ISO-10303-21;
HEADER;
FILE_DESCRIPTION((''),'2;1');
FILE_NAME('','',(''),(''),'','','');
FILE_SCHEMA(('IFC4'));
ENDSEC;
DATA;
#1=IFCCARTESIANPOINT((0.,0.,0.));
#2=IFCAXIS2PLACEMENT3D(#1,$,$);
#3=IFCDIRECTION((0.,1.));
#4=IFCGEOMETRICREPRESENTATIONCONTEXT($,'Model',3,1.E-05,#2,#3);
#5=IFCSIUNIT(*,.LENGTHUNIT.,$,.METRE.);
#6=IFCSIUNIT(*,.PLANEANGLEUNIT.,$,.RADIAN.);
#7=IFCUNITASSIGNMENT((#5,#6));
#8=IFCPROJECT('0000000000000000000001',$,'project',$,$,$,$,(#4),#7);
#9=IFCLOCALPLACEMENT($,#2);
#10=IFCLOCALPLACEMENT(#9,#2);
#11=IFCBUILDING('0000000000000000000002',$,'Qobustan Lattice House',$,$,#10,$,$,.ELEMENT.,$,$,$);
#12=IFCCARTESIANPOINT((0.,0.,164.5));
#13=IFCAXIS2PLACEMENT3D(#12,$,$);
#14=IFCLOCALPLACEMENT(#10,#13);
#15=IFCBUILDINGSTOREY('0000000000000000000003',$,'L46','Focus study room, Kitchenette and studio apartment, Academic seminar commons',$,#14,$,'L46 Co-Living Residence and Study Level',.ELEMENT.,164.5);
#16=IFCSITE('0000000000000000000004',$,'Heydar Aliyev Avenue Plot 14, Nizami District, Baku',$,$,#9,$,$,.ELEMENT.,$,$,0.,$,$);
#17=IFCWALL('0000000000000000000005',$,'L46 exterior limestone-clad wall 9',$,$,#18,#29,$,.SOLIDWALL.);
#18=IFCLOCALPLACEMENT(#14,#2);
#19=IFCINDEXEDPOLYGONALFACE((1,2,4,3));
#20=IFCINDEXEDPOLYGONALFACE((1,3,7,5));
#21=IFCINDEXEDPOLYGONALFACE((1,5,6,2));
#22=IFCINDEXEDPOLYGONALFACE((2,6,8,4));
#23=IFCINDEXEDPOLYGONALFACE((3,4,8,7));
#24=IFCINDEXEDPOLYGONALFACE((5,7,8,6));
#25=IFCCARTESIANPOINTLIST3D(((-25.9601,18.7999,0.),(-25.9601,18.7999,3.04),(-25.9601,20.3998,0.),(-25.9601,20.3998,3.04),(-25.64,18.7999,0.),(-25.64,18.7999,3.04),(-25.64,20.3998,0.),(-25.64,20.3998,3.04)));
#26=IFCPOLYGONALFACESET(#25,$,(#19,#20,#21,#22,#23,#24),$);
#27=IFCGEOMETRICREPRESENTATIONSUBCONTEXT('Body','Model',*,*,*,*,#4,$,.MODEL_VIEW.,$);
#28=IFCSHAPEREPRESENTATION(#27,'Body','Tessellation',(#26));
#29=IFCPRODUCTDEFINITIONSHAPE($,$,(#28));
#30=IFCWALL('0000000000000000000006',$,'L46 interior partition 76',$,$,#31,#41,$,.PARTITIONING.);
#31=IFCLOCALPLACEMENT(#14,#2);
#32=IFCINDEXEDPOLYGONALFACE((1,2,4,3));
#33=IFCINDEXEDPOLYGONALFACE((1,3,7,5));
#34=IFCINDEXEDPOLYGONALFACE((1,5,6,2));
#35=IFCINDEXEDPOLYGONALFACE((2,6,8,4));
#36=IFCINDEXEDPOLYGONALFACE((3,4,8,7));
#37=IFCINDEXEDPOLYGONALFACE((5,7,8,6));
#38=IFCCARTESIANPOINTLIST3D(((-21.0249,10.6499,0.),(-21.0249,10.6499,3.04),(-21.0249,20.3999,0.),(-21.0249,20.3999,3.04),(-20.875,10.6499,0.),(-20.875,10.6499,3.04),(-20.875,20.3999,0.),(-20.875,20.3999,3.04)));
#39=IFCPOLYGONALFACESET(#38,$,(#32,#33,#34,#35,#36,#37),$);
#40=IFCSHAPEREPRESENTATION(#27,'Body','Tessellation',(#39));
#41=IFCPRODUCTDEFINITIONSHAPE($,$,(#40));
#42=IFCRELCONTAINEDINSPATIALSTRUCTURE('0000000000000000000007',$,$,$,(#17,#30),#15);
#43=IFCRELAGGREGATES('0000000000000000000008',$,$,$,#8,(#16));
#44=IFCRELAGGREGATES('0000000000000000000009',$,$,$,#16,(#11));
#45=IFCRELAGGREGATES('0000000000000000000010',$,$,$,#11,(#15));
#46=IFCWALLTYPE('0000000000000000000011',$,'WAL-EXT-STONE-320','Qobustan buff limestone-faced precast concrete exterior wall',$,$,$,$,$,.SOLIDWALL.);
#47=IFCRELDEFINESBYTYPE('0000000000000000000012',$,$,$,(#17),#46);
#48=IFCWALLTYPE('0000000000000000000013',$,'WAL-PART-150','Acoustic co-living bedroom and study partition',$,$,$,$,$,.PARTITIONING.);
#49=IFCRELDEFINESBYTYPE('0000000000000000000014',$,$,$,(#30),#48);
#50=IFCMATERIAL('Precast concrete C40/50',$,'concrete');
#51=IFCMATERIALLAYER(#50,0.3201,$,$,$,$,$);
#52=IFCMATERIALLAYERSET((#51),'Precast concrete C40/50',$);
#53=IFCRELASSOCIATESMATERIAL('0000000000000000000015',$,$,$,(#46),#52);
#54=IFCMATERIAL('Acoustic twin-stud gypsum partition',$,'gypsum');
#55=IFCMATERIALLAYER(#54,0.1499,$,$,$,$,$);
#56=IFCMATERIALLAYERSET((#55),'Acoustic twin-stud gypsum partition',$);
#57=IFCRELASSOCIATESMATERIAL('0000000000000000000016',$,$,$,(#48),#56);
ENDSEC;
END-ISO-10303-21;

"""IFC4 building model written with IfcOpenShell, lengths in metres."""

from ifc_helpers import new_model, si_unit, direction, frame, frame_2d, origin, place, context, subcontext, project, spatial, rectangle, extrude, material, layer, layer_set, type_object, element, save


model = new_model("IFC4")

# Units and contexts
model_context = context("Model", 3, precision=1e-05, world=origin(), true_north=direction((0.0, 1.0)))
body_context = subcontext(model_context, "Body", "Model", "MODEL_VIEW")
ifc_project = project(units=[si_unit("LENGTHUNIT", "METRE"), si_unit("PLANEANGLEUNIT", "RADIAN")], contexts=[model_context])

# Site, building, storey
site_placement = place(None, origin())
site = spatial("IfcSite", under=ifc_project, at=site_placement, Name="Heydar Aliyev Avenue Plot 14, Nizami District, Baku", CompositionType="ELEMENT", RefElevation=0.0)
building_placement = place(site_placement, origin())
building = spatial("IfcBuilding", under=site, at=building_placement, Name="Qobustan Lattice House", CompositionType="ELEMENT")
storey_placement = place(building_placement, frame((0.0, 0.0, 164.5)))
storey = spatial("IfcBuildingStorey", under=building, at=storey_placement, Name="L46", Description="Focus study room, Kitchenette and studio apartment, Academic seminar commons", LongName="L46 Co-Living Residence and Study Level", CompositionType="ELEMENT", Elevation=164.5)

# Wall
ifc_material_1 = material(Name="Precast concrete C40/50", Category="concrete")
ifc_layer_1 = layer(ifc_material_1, 0.3201)
ifc_layer_set_1 = layer_set([ifc_layer_1], Name="Precast concrete C40/50")
wall_type_1 = type_object("IfcWallType", Name="WAL-EXT-STONE-320", Description="Qobustan buff limestone-faced precast concrete exterior wall", PredefinedType="SOLIDWALL", material=ifc_layer_set_1)
wall_1_placement = place(storey_placement, frame((-25.8, 18.8, 0.0), z_axis=(0.0, 0.0, 1.0), x_axis=(0.0, 1.0, 0.0)))
element("IfcWall", 1, at=wall_1_placement, inside=storey, type_object=wall_type_1, Name="L46 exterior limestone-clad wall 9", PredefinedType="SOLIDWALL", context=body_context, shape_type="SweptSolid", body=[
    extrude(rectangle(XDim=1.5999, YDim=0.3201, at=frame_2d((0.7998, 0.0))), origin(), (0.0, 0.0, 1.0), 3.04),
])

# Wall
ifc_material_2 = material(Name="Acoustic twin-stud gypsum partition", Category="gypsum")
ifc_layer_2 = layer(ifc_material_2, 0.1499)
ifc_layer_set_2 = layer_set([ifc_layer_2], Name="Acoustic twin-stud gypsum partition")
wall_type_2 = type_object("IfcWallType", Name="WAL-PART-150", Description="Acoustic co-living bedroom and study partition", PredefinedType="PARTITIONING", material=ifc_layer_set_2)
wall_2_placement = place(storey_placement, frame((-20.95, 20.3999, 0.0), z_axis=(0.0, 0.0, 1.0), x_axis=(0.0, -1.0, 0.0)))
element("IfcWall", 2, at=wall_2_placement, inside=storey, type_object=wall_type_2, Name="L46 interior partition 76", PredefinedType="PARTITIONING", context=body_context, shape_type="SweptSolid", body=[
    extrude(rectangle(XDim=9.75, YDim=0.1499, at=frame_2d((4.875, 0.0))), origin(), (0.0, 0.0, 1.0), 3.04),
])

save(model, "model.ifc")
